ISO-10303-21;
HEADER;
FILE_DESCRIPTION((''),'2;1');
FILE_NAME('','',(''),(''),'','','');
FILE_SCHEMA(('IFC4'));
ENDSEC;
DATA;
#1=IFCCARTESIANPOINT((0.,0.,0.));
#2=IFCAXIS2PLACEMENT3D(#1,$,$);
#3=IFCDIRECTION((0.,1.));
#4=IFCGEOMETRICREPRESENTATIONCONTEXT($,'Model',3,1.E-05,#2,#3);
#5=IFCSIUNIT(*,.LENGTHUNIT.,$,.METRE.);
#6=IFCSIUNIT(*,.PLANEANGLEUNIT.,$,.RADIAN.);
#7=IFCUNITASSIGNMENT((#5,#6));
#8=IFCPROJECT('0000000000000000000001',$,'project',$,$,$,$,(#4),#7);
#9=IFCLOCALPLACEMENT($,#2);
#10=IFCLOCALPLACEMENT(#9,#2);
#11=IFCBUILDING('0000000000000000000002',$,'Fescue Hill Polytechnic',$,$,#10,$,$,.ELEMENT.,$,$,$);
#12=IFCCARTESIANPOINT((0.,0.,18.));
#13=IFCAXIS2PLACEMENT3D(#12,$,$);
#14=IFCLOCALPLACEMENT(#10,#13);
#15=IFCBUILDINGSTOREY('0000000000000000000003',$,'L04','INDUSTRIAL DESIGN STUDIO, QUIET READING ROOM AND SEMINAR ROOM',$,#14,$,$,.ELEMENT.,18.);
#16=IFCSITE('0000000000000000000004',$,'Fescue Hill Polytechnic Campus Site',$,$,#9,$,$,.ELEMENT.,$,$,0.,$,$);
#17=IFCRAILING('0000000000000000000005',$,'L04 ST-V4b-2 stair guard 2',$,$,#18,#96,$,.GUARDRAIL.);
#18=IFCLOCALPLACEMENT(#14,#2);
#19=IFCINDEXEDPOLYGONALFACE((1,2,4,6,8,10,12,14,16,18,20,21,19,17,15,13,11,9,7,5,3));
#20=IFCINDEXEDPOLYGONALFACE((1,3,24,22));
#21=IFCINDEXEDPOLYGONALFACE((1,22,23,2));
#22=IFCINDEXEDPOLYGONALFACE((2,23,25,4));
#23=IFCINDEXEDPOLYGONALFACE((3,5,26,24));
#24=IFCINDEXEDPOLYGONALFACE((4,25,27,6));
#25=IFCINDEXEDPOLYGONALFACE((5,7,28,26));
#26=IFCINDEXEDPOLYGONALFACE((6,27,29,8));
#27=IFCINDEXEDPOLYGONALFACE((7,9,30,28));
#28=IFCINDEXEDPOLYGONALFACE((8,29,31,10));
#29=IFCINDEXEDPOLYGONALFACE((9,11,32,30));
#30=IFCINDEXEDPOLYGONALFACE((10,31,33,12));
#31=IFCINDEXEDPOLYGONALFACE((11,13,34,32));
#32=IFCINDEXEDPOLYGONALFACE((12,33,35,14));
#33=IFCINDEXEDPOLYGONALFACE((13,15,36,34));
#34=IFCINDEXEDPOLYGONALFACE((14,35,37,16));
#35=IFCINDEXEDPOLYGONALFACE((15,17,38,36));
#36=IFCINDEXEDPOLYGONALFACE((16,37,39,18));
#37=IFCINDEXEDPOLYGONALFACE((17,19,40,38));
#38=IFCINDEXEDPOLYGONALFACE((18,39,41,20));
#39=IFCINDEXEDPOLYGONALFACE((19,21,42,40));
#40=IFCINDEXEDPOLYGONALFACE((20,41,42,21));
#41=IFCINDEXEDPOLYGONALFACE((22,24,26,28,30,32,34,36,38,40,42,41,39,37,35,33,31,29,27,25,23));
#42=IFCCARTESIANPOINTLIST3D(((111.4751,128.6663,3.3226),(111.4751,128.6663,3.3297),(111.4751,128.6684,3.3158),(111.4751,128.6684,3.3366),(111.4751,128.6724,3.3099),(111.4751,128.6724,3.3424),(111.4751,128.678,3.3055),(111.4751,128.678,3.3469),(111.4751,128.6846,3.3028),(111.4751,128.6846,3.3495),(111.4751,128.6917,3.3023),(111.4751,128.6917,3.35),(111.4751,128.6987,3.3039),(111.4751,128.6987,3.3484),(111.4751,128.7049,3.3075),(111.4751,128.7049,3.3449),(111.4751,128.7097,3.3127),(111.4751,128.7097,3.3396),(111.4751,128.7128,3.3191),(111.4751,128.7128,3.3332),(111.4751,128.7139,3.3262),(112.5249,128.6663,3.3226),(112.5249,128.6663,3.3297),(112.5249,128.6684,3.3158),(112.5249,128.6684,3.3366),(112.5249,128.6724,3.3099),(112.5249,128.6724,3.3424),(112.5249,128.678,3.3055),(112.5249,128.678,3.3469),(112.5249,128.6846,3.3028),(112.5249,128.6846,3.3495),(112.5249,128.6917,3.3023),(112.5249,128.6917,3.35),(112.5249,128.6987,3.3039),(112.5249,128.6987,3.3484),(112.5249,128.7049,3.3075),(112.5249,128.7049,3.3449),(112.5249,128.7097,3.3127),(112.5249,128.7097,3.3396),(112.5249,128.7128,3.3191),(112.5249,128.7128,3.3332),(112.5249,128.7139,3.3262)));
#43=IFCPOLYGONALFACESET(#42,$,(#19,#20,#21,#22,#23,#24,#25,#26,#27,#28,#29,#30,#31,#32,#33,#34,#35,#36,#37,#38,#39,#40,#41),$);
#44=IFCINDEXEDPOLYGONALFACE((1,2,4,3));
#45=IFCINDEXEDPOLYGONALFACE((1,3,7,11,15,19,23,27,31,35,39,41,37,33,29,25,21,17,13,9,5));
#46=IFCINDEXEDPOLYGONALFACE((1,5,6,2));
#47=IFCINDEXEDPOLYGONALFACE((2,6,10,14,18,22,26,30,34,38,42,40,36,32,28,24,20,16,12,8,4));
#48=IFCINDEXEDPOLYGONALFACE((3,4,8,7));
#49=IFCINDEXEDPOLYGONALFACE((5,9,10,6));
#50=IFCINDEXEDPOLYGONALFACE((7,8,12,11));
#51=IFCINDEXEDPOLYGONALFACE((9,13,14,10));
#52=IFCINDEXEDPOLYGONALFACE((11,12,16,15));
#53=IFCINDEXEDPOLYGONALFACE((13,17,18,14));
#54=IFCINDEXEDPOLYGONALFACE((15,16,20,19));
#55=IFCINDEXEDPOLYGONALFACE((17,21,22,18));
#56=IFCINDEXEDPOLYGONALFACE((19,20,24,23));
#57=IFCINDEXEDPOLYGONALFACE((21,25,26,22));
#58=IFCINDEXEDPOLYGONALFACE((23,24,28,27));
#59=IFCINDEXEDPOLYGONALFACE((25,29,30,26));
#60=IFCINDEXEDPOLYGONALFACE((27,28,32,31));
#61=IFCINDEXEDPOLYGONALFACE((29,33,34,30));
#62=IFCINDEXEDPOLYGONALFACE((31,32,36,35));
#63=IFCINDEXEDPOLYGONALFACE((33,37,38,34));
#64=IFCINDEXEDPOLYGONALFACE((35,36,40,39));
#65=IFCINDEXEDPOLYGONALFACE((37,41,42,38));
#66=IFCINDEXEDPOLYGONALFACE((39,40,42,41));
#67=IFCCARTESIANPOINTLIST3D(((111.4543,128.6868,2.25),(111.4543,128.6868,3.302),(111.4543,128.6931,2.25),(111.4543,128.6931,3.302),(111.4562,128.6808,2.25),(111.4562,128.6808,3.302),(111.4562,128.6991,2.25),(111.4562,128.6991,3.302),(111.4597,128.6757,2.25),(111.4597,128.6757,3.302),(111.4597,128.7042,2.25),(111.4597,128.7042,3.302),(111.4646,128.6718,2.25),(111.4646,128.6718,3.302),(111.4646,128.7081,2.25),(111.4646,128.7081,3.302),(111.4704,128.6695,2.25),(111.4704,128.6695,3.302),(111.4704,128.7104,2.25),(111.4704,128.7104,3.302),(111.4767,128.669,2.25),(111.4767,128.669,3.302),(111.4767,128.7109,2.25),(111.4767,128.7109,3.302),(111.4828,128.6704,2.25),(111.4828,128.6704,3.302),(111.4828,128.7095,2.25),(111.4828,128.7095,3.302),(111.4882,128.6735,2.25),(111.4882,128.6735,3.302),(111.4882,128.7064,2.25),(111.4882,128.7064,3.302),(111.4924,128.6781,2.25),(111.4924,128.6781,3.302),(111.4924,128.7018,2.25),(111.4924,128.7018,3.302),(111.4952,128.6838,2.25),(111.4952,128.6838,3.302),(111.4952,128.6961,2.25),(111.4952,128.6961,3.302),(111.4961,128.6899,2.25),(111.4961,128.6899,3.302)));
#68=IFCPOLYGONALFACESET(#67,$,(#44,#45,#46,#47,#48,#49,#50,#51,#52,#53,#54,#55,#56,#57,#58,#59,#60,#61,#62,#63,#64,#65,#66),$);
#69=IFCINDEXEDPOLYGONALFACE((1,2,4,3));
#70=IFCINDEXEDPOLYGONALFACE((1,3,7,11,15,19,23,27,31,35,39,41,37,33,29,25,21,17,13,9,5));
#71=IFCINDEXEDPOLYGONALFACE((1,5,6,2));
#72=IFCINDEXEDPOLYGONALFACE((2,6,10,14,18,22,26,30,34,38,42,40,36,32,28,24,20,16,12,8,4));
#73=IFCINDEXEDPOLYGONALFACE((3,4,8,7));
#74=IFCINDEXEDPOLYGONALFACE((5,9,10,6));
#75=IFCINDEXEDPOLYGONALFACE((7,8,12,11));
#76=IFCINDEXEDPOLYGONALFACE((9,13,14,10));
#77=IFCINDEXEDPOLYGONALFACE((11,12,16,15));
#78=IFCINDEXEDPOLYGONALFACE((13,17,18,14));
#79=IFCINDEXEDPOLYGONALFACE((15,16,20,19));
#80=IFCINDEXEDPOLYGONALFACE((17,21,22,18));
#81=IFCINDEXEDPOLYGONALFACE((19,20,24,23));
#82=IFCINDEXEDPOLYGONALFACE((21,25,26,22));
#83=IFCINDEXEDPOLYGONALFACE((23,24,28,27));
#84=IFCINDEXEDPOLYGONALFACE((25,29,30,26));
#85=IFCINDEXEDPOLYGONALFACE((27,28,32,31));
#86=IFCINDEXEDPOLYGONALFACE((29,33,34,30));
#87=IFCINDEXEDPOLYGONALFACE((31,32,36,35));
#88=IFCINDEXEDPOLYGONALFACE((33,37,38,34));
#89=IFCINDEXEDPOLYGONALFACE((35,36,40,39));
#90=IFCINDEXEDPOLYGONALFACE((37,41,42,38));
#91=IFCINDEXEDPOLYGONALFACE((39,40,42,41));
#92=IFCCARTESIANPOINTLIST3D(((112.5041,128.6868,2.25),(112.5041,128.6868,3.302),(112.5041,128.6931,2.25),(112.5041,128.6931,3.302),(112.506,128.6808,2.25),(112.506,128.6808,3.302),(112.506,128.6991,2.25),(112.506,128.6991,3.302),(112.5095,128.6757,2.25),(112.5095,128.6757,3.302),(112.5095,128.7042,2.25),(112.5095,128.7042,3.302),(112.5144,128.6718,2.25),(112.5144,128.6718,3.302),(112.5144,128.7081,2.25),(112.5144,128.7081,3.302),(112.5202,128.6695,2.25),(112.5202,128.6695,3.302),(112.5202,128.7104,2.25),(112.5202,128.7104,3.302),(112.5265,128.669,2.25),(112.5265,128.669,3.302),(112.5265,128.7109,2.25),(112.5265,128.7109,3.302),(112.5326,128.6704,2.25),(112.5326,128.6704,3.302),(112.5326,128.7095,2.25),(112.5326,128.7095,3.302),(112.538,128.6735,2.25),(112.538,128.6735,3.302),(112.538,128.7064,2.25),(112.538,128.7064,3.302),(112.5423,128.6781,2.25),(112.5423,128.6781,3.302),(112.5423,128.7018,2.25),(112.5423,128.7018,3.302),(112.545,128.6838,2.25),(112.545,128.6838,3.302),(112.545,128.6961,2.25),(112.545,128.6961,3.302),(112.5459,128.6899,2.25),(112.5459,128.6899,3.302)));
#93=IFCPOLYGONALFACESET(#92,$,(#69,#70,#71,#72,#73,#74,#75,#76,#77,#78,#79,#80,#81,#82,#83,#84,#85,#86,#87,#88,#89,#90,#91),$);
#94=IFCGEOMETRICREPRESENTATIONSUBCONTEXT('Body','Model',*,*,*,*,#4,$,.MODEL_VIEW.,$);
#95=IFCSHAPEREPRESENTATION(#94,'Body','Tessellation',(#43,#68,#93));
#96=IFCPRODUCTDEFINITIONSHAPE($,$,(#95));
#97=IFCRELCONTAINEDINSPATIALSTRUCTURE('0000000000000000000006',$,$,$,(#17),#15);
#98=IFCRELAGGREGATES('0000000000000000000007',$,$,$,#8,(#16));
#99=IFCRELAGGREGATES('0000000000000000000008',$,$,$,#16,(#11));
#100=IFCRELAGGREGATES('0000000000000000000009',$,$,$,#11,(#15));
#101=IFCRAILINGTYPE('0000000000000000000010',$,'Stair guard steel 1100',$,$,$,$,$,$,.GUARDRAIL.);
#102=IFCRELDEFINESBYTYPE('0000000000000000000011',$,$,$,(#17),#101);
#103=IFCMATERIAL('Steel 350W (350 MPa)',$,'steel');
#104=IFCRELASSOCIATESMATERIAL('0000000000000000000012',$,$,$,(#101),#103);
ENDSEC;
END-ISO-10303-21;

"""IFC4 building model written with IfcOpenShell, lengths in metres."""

from ifc_helpers import new_model, si_unit, direction, frame, origin, origin_2d, place, context, subcontext, project, spatial, circle, extrude, material, type_object, element, save


model = new_model("IFC4")

# Units and contexts
model_context = context("Model", 3, precision=1e-05, world=origin(), true_north=direction((0.0, 1.0)))
body_context = subcontext(model_context, "Body", "Model", "MODEL_VIEW")
ifc_project = project(units=[si_unit("LENGTHUNIT", "METRE"), si_unit("PLANEANGLEUNIT", "RADIAN")], contexts=[model_context])

# Site, building, storey
site_placement = place(None, origin())
site = spatial("IfcSite", under=ifc_project, at=site_placement, Name="Fescue Hill Polytechnic Campus Site", CompositionType="ELEMENT", RefElevation=0.0)
building_placement = place(site_placement, origin())
building = spatial("IfcBuilding", under=site, at=building_placement, Name="Fescue Hill Polytechnic", CompositionType="ELEMENT")
storey_placement = place(building_placement, frame((0.0, 0.0, 18.0)))
storey = spatial("IfcBuildingStorey", under=building, at=storey_placement, Name="L04", Description="INDUSTRIAL DESIGN STUDIO, QUIET READING ROOM AND SEMINAR ROOM", CompositionType="ELEMENT", Elevation=18.0)

# Railing
ifc_material_1 = material(Name="Steel 350W (350 MPa)", Category="steel")
railing_type = type_object("IfcRailingType", Name="Stair guard steel 1100", PredefinedType="GUARDRAIL", material=ifc_material_1)
railing_1_placement = place(storey_placement, frame((111.4751, 128.6899, 2.25)))
element("IfcRailing", 1, at=railing_1_placement, inside=storey, type_object=railing_type, Name="L04 ST-V4b-2 stair guard 2", PredefinedType="GUARDRAIL", context=body_context, shape_type="SweptSolid", body=[
    extrude(circle(Radius=0.0239, at=origin_2d()), frame((0.0, 0.0, 1.0762), z_axis=(1.0, 0.0, 0.0), x_axis=(0.0, 1.0, 0.0)), (0.0, 0.0, 1.0), 1.0498),
    extrude(circle(Radius=0.021, at=origin_2d()), origin(), (0.0, 0.0, 1.0), 1.052),
    extrude(circle(Radius=0.021, at=origin_2d()), frame((1.0498, 0.0, 0.0)), (0.0, 0.0, 1.0), 1.052),
])

save(model, "model.ifc")
